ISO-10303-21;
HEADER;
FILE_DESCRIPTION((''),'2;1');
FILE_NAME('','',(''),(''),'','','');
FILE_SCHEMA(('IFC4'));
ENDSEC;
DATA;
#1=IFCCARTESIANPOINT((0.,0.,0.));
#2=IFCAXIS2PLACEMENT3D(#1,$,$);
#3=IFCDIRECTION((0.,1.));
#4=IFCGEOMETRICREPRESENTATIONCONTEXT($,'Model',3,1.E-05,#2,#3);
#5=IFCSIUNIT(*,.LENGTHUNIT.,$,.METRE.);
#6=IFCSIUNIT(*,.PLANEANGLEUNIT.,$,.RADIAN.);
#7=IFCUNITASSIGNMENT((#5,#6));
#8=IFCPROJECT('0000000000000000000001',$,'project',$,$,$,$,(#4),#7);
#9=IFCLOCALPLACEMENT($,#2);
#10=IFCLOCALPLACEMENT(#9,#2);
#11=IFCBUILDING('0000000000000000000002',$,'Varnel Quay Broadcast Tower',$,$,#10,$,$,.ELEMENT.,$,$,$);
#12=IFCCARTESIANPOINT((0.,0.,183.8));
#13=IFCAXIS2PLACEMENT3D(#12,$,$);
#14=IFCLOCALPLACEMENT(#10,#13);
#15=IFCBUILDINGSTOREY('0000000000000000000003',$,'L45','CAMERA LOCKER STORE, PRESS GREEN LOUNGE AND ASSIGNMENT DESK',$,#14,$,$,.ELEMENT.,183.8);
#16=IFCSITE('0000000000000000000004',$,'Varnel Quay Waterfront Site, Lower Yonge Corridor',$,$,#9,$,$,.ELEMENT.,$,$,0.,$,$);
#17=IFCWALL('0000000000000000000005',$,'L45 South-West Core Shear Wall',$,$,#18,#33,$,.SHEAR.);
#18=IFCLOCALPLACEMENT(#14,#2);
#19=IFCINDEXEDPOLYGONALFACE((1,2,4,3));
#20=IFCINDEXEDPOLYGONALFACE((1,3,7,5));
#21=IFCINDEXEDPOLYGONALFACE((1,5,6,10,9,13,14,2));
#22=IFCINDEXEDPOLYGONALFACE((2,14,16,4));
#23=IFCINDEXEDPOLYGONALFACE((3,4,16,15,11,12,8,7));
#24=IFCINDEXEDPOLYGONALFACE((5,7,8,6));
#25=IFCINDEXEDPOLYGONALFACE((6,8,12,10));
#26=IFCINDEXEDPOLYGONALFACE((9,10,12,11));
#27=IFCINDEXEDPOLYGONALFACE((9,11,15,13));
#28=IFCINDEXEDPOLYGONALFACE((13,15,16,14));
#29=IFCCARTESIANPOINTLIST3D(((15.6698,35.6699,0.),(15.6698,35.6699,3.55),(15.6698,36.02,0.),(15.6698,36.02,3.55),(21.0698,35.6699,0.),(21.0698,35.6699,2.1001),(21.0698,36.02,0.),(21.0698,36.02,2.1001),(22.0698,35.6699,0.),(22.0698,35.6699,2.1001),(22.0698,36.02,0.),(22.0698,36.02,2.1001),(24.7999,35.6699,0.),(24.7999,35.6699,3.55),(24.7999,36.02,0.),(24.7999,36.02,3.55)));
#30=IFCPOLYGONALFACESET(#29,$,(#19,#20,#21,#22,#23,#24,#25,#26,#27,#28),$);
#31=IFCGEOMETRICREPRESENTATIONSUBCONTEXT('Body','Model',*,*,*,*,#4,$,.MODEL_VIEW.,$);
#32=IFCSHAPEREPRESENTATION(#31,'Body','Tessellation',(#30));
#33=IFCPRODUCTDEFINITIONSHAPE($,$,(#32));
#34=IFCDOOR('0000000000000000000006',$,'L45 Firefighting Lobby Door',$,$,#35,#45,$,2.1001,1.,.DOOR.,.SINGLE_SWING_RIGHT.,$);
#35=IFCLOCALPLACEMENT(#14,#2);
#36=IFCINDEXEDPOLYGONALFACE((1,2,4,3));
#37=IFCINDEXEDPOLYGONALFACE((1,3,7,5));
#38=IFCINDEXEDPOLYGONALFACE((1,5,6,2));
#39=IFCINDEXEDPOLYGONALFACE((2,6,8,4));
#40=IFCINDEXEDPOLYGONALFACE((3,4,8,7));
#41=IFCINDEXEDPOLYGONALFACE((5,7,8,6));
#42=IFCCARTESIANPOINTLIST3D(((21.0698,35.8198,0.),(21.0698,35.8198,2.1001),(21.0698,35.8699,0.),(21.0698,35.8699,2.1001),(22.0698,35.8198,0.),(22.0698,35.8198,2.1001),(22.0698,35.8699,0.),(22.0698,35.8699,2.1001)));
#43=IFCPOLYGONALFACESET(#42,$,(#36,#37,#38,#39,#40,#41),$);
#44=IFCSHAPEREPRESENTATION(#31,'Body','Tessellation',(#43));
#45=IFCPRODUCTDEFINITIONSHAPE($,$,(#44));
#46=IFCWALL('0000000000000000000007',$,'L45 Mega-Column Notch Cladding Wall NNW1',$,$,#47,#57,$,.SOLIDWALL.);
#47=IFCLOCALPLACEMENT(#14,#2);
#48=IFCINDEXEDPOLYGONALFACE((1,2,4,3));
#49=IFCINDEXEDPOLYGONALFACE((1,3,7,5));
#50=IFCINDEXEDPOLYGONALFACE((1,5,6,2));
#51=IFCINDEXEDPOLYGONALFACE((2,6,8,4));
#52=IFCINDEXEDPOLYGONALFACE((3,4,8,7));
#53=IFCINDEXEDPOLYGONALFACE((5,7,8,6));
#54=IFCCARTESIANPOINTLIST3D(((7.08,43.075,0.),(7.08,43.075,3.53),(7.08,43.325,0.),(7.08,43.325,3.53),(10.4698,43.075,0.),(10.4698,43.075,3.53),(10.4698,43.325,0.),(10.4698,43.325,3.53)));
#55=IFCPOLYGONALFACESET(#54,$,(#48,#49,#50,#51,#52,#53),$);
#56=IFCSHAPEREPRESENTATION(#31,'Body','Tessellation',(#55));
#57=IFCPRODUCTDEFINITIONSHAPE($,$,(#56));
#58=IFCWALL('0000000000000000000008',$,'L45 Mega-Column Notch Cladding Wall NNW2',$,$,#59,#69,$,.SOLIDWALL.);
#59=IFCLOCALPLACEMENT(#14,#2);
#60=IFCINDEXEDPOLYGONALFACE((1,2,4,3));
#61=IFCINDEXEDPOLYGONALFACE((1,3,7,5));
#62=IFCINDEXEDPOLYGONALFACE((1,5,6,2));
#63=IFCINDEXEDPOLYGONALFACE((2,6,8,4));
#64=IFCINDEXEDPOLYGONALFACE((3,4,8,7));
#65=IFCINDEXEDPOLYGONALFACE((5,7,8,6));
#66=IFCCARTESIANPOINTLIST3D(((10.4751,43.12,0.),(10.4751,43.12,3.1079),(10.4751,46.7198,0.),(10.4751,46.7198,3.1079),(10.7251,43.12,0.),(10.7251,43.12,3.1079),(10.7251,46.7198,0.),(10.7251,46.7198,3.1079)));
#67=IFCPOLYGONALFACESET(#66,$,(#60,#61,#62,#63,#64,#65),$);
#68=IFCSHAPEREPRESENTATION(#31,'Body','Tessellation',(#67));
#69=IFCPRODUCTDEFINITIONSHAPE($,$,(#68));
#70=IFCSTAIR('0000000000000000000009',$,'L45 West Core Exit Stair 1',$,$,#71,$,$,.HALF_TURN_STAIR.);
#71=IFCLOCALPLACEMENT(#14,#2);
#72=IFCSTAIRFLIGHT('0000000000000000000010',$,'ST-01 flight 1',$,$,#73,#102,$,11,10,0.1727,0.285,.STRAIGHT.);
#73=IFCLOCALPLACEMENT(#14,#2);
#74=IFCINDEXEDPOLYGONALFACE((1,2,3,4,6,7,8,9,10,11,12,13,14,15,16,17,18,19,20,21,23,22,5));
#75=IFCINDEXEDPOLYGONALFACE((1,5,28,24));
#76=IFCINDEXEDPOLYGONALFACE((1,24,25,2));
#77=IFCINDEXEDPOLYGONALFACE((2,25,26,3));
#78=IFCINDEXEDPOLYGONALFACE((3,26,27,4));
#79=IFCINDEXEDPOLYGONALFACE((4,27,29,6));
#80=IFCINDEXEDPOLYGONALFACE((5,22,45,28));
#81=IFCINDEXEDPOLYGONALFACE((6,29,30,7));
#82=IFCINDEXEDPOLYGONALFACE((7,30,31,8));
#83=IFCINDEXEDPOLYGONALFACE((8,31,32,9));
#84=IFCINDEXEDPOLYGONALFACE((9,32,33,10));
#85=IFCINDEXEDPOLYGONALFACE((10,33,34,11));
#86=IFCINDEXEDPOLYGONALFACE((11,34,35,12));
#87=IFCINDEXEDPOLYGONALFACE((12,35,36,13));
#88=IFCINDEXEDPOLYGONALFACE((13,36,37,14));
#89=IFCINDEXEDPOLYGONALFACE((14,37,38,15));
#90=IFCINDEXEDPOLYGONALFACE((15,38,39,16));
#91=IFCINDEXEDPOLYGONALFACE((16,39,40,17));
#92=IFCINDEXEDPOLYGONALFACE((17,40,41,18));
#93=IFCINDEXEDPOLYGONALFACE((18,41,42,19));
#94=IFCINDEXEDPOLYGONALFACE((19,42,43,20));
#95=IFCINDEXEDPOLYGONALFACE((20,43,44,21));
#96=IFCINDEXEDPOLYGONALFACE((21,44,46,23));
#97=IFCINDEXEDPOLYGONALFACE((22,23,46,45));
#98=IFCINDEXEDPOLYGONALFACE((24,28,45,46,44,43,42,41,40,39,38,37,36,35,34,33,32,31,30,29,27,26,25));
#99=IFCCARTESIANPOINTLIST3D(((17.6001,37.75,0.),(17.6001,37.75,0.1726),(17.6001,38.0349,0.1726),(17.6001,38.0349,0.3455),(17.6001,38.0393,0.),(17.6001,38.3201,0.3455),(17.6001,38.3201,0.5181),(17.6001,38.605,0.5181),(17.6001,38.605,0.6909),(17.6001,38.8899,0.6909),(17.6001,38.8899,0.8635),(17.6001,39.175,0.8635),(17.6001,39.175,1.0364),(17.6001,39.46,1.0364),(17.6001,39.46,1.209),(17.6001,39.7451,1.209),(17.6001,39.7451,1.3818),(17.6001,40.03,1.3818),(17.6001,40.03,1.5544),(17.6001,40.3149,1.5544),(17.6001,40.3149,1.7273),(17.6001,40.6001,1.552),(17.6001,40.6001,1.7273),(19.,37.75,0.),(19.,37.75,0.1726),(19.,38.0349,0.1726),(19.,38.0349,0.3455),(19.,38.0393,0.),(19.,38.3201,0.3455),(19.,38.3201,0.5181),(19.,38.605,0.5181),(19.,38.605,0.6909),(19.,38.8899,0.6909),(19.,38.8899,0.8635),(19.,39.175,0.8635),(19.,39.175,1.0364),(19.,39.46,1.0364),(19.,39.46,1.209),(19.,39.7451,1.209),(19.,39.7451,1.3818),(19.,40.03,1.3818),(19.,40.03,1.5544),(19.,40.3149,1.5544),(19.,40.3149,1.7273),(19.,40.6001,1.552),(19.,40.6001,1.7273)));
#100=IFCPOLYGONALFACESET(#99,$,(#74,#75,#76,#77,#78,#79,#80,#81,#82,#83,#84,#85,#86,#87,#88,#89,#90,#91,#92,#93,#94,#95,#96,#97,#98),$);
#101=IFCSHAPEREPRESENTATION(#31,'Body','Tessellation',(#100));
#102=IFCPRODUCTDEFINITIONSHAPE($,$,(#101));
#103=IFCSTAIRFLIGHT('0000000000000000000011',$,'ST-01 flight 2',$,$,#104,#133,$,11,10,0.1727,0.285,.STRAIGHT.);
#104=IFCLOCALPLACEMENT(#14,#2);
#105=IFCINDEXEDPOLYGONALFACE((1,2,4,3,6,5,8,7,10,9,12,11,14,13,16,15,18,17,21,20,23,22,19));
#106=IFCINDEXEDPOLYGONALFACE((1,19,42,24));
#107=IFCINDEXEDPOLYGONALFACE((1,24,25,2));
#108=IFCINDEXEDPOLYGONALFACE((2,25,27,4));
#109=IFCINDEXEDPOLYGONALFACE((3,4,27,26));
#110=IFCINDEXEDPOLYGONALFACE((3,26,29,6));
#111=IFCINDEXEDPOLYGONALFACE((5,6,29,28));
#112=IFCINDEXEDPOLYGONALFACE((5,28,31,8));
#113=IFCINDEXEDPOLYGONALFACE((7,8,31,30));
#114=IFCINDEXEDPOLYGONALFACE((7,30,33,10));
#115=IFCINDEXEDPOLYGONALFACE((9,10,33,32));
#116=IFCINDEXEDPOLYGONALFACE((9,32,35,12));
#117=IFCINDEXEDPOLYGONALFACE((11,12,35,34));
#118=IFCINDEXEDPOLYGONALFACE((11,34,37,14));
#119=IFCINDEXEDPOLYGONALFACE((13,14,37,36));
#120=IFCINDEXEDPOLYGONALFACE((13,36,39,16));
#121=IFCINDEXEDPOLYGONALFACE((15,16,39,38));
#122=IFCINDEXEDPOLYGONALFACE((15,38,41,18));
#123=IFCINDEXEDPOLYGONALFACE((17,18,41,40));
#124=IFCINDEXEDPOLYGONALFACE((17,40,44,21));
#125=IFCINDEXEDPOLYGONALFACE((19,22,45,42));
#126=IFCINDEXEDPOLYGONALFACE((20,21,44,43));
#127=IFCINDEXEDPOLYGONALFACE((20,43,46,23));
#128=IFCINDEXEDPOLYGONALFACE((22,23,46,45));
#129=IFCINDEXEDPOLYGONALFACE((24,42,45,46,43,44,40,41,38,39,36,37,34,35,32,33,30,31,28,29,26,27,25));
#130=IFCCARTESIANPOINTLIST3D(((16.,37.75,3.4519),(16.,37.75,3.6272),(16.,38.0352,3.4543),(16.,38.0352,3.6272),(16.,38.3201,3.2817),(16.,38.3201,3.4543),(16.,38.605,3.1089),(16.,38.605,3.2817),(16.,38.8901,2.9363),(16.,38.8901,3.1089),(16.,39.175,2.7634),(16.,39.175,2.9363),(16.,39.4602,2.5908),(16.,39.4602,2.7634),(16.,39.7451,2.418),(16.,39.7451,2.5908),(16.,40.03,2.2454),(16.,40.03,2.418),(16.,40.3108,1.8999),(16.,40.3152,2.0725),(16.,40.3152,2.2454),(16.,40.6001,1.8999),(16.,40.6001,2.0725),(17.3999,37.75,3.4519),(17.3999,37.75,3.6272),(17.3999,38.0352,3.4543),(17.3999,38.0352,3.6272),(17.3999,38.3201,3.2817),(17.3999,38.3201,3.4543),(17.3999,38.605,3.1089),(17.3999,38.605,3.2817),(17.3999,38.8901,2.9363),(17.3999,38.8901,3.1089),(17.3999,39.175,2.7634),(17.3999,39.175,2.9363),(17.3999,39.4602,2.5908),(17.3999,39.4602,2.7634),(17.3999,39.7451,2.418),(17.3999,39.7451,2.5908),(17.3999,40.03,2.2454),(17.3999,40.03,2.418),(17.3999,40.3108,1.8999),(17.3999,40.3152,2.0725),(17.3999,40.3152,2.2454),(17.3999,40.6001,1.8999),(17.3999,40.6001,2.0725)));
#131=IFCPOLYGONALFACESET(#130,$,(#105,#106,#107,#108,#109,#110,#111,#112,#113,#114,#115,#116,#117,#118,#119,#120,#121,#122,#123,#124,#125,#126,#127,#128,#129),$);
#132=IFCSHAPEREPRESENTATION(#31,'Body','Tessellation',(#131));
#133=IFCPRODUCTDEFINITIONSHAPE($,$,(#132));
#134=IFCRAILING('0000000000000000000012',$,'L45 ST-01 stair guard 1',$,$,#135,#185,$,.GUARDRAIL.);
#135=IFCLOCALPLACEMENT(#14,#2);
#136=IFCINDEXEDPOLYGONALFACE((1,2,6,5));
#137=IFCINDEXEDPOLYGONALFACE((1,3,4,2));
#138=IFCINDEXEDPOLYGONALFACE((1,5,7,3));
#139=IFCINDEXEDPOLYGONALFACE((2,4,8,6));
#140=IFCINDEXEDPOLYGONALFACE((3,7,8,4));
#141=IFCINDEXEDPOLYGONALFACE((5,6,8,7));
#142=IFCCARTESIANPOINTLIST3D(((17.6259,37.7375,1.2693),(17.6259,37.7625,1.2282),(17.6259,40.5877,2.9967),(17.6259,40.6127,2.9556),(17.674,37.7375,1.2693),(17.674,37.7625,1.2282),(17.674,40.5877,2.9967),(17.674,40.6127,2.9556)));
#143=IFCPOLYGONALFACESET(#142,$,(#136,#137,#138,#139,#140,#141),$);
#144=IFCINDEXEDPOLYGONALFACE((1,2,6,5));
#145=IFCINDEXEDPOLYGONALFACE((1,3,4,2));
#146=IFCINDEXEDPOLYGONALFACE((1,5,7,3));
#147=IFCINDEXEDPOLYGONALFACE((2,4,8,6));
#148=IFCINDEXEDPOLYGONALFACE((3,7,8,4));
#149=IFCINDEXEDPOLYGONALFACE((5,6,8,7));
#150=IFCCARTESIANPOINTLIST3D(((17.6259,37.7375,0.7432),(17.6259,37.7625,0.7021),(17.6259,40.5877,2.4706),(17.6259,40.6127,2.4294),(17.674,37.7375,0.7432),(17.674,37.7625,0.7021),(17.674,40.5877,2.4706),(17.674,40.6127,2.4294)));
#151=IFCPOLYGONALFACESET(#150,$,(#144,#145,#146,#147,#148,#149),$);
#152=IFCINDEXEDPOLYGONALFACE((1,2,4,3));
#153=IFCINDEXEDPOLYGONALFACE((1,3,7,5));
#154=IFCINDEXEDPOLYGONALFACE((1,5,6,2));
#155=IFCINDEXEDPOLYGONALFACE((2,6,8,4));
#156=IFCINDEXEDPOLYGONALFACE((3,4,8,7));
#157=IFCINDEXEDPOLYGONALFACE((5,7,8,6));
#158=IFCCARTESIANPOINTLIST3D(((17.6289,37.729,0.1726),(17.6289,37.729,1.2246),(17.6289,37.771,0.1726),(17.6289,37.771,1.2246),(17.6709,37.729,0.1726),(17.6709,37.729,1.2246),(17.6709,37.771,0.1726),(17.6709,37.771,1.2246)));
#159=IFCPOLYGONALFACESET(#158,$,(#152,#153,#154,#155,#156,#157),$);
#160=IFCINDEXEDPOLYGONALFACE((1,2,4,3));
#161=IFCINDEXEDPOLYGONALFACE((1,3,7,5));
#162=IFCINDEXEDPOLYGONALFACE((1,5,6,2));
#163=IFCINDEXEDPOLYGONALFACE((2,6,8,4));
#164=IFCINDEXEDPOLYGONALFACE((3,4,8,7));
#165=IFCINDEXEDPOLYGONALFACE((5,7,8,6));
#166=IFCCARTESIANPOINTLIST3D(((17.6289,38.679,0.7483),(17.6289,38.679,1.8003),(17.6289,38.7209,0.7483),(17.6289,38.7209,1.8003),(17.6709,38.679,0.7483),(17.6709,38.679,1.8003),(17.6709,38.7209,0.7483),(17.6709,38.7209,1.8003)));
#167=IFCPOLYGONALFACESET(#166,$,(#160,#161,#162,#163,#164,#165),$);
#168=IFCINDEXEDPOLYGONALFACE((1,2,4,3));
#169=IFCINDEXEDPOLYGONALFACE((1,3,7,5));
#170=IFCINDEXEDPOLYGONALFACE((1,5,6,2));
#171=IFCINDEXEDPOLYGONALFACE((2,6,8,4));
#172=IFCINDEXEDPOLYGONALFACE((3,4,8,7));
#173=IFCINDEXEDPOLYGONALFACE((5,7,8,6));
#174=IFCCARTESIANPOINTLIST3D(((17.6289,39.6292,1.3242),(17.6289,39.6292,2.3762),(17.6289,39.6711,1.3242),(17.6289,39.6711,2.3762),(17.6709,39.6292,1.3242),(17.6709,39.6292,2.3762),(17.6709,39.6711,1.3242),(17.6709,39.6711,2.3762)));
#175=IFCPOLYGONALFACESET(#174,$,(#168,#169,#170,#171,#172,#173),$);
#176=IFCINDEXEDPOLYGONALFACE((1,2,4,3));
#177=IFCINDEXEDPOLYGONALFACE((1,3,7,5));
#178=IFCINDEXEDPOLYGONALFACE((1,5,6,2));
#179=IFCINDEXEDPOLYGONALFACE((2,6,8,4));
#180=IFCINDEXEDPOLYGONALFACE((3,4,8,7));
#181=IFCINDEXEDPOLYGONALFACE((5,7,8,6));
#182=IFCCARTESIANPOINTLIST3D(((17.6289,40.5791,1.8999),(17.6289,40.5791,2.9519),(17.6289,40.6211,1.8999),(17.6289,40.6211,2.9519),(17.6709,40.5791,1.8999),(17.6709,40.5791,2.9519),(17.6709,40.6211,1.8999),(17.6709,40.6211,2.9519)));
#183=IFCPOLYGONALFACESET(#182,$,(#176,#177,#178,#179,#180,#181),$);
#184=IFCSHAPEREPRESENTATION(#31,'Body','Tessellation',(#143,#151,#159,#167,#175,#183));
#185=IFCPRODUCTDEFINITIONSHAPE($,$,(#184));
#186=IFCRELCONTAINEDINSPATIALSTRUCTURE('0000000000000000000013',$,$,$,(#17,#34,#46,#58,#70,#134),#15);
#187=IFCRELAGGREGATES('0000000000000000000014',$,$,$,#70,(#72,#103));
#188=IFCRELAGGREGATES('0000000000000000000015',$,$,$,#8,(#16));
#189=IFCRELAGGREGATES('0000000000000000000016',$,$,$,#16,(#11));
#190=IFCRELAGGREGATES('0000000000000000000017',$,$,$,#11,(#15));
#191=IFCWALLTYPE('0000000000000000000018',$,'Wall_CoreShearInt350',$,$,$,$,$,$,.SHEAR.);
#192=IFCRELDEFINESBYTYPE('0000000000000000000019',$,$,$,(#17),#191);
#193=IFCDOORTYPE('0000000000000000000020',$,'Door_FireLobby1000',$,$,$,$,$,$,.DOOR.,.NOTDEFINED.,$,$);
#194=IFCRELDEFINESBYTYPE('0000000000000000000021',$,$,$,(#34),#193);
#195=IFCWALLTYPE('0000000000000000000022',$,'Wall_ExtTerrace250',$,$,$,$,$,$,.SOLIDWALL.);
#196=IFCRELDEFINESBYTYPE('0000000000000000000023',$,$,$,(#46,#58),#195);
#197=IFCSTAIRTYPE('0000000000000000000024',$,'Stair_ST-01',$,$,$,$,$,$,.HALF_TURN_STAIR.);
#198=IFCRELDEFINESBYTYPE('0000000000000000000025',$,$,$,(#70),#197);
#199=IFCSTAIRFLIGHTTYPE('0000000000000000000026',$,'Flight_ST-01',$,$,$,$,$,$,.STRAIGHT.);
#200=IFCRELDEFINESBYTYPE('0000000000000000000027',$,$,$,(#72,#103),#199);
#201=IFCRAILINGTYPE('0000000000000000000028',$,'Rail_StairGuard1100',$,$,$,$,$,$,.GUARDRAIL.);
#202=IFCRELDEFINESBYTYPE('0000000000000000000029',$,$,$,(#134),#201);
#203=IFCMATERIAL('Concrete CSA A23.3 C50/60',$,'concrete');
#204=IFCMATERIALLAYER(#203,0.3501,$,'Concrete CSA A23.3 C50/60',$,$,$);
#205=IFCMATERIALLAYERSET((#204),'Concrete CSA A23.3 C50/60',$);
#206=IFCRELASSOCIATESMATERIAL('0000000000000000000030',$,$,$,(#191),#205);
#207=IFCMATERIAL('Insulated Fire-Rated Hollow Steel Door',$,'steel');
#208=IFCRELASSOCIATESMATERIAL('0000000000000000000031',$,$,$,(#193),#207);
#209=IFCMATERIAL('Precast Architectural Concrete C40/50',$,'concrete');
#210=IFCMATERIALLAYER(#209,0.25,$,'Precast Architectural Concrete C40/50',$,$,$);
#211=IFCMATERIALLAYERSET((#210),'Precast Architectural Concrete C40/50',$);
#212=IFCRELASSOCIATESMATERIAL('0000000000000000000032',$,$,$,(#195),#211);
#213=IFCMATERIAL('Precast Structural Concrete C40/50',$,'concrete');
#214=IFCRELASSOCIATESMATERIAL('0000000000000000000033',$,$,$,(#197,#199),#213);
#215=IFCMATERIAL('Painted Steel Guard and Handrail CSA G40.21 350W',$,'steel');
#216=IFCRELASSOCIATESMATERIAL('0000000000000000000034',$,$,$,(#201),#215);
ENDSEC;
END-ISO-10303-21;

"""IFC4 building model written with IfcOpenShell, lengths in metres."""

from ifc_helpers import new_model, si_unit, direction, frame, frame_2d, origin, origin_2d, place, context, subcontext, project, spatial, polyline, rectangle, outline, extrude, source, transform, mapped, material, layer, layer_set, type_object, type_shapes, element, fill, aggregate, save


model = new_model("IFC4")

# Units and contexts
model_context = context("Model", 3, precision=1e-05, world=origin(), true_north=direction((0.0, 1.0)))
body_context = subcontext(model_context, "Body", "Model", "MODEL_VIEW")
ifc_project = project(units=[si_unit("LENGTHUNIT", "METRE"), si_unit("PLANEANGLEUNIT", "RADIAN")], contexts=[model_context])

# Site, building, storey
site_placement = place(None, origin())
site = spatial("IfcSite", under=ifc_project, at=site_placement, Name="Varnel Quay Waterfront Site, Lower Yonge Corridor", CompositionType="ELEMENT", RefElevation=0.0)
building_placement = place(site_placement, origin())
building = spatial("IfcBuilding", under=site, at=building_placement, Name="Varnel Quay Broadcast Tower", CompositionType="ELEMENT")
storey_placement = place(building_placement, frame((0.0, 0.0, 183.8)))
storey = spatial("IfcBuildingStorey", under=building, at=storey_placement, Name="L45", Description="CAMERA LOCKER STORE, PRESS GREEN LOUNGE AND ASSIGNMENT DESK", CompositionType="ELEMENT", Elevation=183.8)

# Shared definitions
ifc_material_1 = material(Name="Concrete CSA A23.3 C50/60", Category="concrete")
ifc_material_2 = material(Name="Insulated Fire-Rated Hollow Steel Door", Category="steel")

# Shared definitions
ifc_layer_1 = layer(ifc_material_1, 0.3501, Name="Concrete CSA A23.3 C50/60")
ifc_layer_set_1 = layer_set([ifc_layer_1], Name="Concrete CSA A23.3 C50/60")
wall_type_1 = type_object("IfcWallType", Name="Wall_CoreShearInt350", PredefinedType="SHEAR", material=ifc_layer_set_1)

# Wall, opening, door
wall_1_placement = place(storey_placement, frame((15.6699, 35.845, 0.0), z_axis=(0.0, 0.0, 1.0), x_axis=(1.0, 0.0, 0.0)))
wall_1 = element("IfcWall", 1, at=wall_1_placement, inside=storey, type_object=wall_type_1, Name="L45 South-West Core Shear Wall", PredefinedType="SHEAR", context=body_context, shape_type="SweptSolid", body=[
    extrude(rectangle(XDim=9.1301, YDim=0.3501, at=frame_2d((4.5649, 0.0))), origin(), (0.0, 0.0, 1.0), 3.55),
])
opening_1_placement = place(wall_1_placement, frame((5.3999, 0.0, 0.0)))
opening_1 = element("IfcOpeningElement", 2, at=opening_1_placement, cuts=wall_1, PredefinedType="OPENING", context=body_context, shape_type="SweptSolid", body=[
    extrude(rectangle(XDim=1.0, YDim=2.1001, at=frame_2d((0.5, 1.05))), frame((0.0, 0.1851, 0.0), z_axis=(0.0, -1.0, 0.0), x_axis=(1.0, 0.0, 0.0)), (0.0, 0.0, 1.0), 0.3701),
])
door_type_1 = type_object("IfcDoorType", Name="Door_FireLobby1000", OperationType="NOTDEFINED", PredefinedType="DOOR", material=ifc_material_2)
shared_shape_1 = source(origin(), body_context, "Body", "SweptSolid", [
    extrude(rectangle(XDim=1.0, YDim=2.1001, at=frame_2d((0.5, 1.05))), frame((0.0, 0.0249, 0.0), z_axis=(0.0, -1.0, 0.0), x_axis=(1.0, 0.0, 0.0)), (0.0, 0.0, 1.0), 0.05),
])
type_shapes(door_type_1, [shared_shape_1])
door_1_placement = place(opening_1_placement, origin())
door_1 = element("IfcDoor", 3, at=door_1_placement, inside=storey, type_object=door_type_1, Name="L45 Firefighting Lobby Door", OperationType="SINGLE_SWING_RIGHT", OverallHeight=2.1001, OverallWidth=1.0, PredefinedType="DOOR", context=body_context, shape_type="MappedRepresentation", body=[
    mapped(shared_shape_1, transform((0.0, 0.0, 0.0), x_axis=(1.0, 0.0, 0.0), y_axis=(0.0, 1.0, 0.0), z_axis=(0.0, 0.0, 1.0), scale=1.0)),
])
fill(opening_1, door_1)

# Walls
ifc_material_3 = material(Name="Precast Architectural Concrete C40/50", Category="concrete")
ifc_layer_2 = layer(ifc_material_3, 0.25, Name="Precast Architectural Concrete C40/50")
ifc_layer_set_2 = layer_set([ifc_layer_2], Name="Precast Architectural Concrete C40/50")
wall_type_2 = type_object("IfcWallType", Name="Wall_ExtTerrace250", PredefinedType="SOLIDWALL", material=ifc_layer_set_2)
wall_2_placement = place(storey_placement, frame((7.0801, 43.2, 0.0), z_axis=(0.0, 0.0, 1.0), x_axis=(1.0, 0.0, 0.0)))
element("IfcWall", 4, at=wall_2_placement, inside=storey, type_object=wall_type_2, Name="L45 Mega-Column Notch Cladding Wall NNW1", PredefinedType="SOLIDWALL", context=body_context, shape_type="SweptSolid", body=[
    extrude(rectangle(XDim=3.3899, YDim=0.25, at=frame_2d((1.6948, 0.0))), origin(), (0.0, 0.0, 1.0), 3.53),
])
wall_3_placement = place(storey_placement, frame((10.6001, 43.1201, 0.0), z_axis=(0.0, 0.0, 1.0), x_axis=(0.0, 1.0, 0.0)))
element("IfcWall", 5, at=wall_3_placement, inside=storey, type_object=wall_type_2, Name="L45 Mega-Column Notch Cladding Wall NNW2", PredefinedType="SOLIDWALL", context=body_context, shape_type="SweptSolid", body=[
    extrude(rectangle(XDim=3.5999, YDim=0.25, at=frame_2d((1.7998, 0.0))), origin(), (0.0, 0.0, 1.0), 3.1079),
])

# Stair, stair flights
ifc_material_4 = material(Name="Precast Structural Concrete C40/50", Category="concrete")
stair_type = type_object("IfcStairType", Name="Stair_ST-01", PredefinedType="HALF_TURN_STAIR", material=ifc_material_4)
stair_placement = place(storey_placement, origin())
stair = element("IfcStair", 6, at=stair_placement, inside=storey, type_object=stair_type, Name="L45 West Core Exit Stair 1", PredefinedType="HALF_TURN_STAIR")
stair_flight_type = type_object("IfcStairFlightType", Name="Flight_ST-01", PredefinedType="STRAIGHT", material=ifc_material_4)
stair_flight_1_placement = place(storey_placement, frame((18.3, 37.75, 0.0), z_axis=(0.0, 0.0, 1.0), x_axis=(0.0, 1.0, 0.0)))
stair_flight_1 = element("IfcStairFlight", 7, at=stair_flight_1_placement, type_object=stair_flight_type, Name="ST-01 flight 1", NumberOfRisers=11, NumberOfTreads=10, PredefinedType="STRAIGHT", RiserHeight=0.1727, TreadLength=0.285, context=body_context, shape_type="SweptSolid", body=[
    extrude(outline(polyline([(0.0, 0.0), (0.0, 0.1726), (0.2849, 0.1726), (0.2849, 0.3455), (0.5701, 0.3455), (0.5701, 0.5181), (0.855, 0.5181), (0.855, 0.6909), (1.1399, 0.6909), (1.1399, 0.8635), (1.425, 0.8635), (1.425, 1.0364), (1.71, 1.0364), (1.71, 1.209), (1.9951, 1.209), (1.9951, 1.3818), (2.28, 1.3818), (2.28, 1.5544), (2.5649, 1.5544), (2.5649, 1.7273), (2.8501, 1.7273), (2.8501, 1.8999), (2.8501, 1.552), (0.2893, 0.0), (0.0, 0.0)])), frame((0.0, 0.7, 0.0), z_axis=(0.0, -1.0, 0.0), x_axis=(1.0, 0.0, 0.0)), (0.0, 0.0, 1.0), 1.3999),
])
stair_flight_2_placement = place(storey_placement, frame((16.7, 40.6001, 1.8999), z_axis=(0.0, 0.0, 1.0), x_axis=(0.0, -1.0, 0.0)))
stair_flight_2 = element("IfcStairFlight", 8, at=stair_flight_2_placement, type_object=stair_flight_type, Name="ST-01 flight 2", NumberOfRisers=11, NumberOfTreads=10, PredefinedType="STRAIGHT", RiserHeight=0.1727, TreadLength=0.285, context=body_context, shape_type="SweptSolid", body=[
    extrude(outline(polyline([(0.0, 0.0), (0.0, 0.1726), (0.2849, 0.1726), (0.2849, 0.3455), (0.5701, 0.3455), (0.5701, 0.5181), (0.855, 0.5181), (0.855, 0.6909), (1.1399, 0.6909), (1.1399, 0.8635), (1.425, 0.8635), (1.425, 1.0364), (1.71, 1.0364), (1.71, 1.209), (1.9951, 1.209), (1.9951, 1.3818), (2.28, 1.3818), (2.28, 1.5544), (2.5649, 1.5544), (2.5649, 1.7273), (2.8501, 1.7273), (2.8501, 1.8999), (2.8501, 1.552), (0.2893, 0.0), (0.0, 0.0)])), frame((0.0, 0.7, 0.0), z_axis=(0.0, -1.0, 0.0), x_axis=(1.0, 0.0, 0.0)), (0.0, 0.0, 1.0), 1.3999),
])
aggregate(stair, [stair_flight_1, stair_flight_2])

# Railing
ifc_material_5 = material(Name="Painted Steel Guard and Handrail CSA G40.21 350W", Category="steel")
railing_type_1 = type_object("IfcRailingType", Name="Rail_StairGuard1100", PredefinedType="GUARDRAIL", material=ifc_material_5)
railing_1_placement = place(storey_placement, frame((17.6499, 37.75, 0.1726)))
element("IfcRailing", 9, at=railing_1_placement, inside=storey, type_object=railing_type_1, Name="L45 ST-01 stair guard 1", PredefinedType="GUARDRAIL", context=body_context, shape_type="SweptSolid", body=[
    extrude(rectangle(XDim=0.0481, YDim=0.0481, at=origin_2d()), frame((0.0, 0.0, 1.0762), z_axis=(0.0, 0.855203, 0.518294), x_axis=(-1.0, 0.0, 0.0)), (0.0, 0.0, 1.0), 3.3328),
    extrude(rectangle(XDim=0.0481, YDim=0.0481, at=origin_2d()), frame((0.0, 0.0, 0.55), z_axis=(0.0, 0.855203, 0.518294), x_axis=(-1.0, 0.0, 0.0)), (0.0, 0.0, 1.0), 3.3328),
    extrude(rectangle(XDim=0.042, YDim=0.042, at=origin_2d()), origin(), (0.0, 0.0, 1.0), 1.052),
    extrude(rectangle(XDim=0.042, YDim=0.042, at=origin_2d()), frame((0.0, 0.95, 0.5757)), (0.0, 0.0, 1.0), 1.052),
    extrude(rectangle(XDim=0.042, YDim=0.042, at=origin_2d()), frame((0.0, 1.9001, 1.1516)), (0.0, 0.0, 1.0), 1.052),
    extrude(rectangle(XDim=0.042, YDim=0.042, at=origin_2d()), frame((0.0, 2.8501, 1.7273)), (0.0, 0.0, 1.0), 1.052),
])

save(model, "model.ifc")
